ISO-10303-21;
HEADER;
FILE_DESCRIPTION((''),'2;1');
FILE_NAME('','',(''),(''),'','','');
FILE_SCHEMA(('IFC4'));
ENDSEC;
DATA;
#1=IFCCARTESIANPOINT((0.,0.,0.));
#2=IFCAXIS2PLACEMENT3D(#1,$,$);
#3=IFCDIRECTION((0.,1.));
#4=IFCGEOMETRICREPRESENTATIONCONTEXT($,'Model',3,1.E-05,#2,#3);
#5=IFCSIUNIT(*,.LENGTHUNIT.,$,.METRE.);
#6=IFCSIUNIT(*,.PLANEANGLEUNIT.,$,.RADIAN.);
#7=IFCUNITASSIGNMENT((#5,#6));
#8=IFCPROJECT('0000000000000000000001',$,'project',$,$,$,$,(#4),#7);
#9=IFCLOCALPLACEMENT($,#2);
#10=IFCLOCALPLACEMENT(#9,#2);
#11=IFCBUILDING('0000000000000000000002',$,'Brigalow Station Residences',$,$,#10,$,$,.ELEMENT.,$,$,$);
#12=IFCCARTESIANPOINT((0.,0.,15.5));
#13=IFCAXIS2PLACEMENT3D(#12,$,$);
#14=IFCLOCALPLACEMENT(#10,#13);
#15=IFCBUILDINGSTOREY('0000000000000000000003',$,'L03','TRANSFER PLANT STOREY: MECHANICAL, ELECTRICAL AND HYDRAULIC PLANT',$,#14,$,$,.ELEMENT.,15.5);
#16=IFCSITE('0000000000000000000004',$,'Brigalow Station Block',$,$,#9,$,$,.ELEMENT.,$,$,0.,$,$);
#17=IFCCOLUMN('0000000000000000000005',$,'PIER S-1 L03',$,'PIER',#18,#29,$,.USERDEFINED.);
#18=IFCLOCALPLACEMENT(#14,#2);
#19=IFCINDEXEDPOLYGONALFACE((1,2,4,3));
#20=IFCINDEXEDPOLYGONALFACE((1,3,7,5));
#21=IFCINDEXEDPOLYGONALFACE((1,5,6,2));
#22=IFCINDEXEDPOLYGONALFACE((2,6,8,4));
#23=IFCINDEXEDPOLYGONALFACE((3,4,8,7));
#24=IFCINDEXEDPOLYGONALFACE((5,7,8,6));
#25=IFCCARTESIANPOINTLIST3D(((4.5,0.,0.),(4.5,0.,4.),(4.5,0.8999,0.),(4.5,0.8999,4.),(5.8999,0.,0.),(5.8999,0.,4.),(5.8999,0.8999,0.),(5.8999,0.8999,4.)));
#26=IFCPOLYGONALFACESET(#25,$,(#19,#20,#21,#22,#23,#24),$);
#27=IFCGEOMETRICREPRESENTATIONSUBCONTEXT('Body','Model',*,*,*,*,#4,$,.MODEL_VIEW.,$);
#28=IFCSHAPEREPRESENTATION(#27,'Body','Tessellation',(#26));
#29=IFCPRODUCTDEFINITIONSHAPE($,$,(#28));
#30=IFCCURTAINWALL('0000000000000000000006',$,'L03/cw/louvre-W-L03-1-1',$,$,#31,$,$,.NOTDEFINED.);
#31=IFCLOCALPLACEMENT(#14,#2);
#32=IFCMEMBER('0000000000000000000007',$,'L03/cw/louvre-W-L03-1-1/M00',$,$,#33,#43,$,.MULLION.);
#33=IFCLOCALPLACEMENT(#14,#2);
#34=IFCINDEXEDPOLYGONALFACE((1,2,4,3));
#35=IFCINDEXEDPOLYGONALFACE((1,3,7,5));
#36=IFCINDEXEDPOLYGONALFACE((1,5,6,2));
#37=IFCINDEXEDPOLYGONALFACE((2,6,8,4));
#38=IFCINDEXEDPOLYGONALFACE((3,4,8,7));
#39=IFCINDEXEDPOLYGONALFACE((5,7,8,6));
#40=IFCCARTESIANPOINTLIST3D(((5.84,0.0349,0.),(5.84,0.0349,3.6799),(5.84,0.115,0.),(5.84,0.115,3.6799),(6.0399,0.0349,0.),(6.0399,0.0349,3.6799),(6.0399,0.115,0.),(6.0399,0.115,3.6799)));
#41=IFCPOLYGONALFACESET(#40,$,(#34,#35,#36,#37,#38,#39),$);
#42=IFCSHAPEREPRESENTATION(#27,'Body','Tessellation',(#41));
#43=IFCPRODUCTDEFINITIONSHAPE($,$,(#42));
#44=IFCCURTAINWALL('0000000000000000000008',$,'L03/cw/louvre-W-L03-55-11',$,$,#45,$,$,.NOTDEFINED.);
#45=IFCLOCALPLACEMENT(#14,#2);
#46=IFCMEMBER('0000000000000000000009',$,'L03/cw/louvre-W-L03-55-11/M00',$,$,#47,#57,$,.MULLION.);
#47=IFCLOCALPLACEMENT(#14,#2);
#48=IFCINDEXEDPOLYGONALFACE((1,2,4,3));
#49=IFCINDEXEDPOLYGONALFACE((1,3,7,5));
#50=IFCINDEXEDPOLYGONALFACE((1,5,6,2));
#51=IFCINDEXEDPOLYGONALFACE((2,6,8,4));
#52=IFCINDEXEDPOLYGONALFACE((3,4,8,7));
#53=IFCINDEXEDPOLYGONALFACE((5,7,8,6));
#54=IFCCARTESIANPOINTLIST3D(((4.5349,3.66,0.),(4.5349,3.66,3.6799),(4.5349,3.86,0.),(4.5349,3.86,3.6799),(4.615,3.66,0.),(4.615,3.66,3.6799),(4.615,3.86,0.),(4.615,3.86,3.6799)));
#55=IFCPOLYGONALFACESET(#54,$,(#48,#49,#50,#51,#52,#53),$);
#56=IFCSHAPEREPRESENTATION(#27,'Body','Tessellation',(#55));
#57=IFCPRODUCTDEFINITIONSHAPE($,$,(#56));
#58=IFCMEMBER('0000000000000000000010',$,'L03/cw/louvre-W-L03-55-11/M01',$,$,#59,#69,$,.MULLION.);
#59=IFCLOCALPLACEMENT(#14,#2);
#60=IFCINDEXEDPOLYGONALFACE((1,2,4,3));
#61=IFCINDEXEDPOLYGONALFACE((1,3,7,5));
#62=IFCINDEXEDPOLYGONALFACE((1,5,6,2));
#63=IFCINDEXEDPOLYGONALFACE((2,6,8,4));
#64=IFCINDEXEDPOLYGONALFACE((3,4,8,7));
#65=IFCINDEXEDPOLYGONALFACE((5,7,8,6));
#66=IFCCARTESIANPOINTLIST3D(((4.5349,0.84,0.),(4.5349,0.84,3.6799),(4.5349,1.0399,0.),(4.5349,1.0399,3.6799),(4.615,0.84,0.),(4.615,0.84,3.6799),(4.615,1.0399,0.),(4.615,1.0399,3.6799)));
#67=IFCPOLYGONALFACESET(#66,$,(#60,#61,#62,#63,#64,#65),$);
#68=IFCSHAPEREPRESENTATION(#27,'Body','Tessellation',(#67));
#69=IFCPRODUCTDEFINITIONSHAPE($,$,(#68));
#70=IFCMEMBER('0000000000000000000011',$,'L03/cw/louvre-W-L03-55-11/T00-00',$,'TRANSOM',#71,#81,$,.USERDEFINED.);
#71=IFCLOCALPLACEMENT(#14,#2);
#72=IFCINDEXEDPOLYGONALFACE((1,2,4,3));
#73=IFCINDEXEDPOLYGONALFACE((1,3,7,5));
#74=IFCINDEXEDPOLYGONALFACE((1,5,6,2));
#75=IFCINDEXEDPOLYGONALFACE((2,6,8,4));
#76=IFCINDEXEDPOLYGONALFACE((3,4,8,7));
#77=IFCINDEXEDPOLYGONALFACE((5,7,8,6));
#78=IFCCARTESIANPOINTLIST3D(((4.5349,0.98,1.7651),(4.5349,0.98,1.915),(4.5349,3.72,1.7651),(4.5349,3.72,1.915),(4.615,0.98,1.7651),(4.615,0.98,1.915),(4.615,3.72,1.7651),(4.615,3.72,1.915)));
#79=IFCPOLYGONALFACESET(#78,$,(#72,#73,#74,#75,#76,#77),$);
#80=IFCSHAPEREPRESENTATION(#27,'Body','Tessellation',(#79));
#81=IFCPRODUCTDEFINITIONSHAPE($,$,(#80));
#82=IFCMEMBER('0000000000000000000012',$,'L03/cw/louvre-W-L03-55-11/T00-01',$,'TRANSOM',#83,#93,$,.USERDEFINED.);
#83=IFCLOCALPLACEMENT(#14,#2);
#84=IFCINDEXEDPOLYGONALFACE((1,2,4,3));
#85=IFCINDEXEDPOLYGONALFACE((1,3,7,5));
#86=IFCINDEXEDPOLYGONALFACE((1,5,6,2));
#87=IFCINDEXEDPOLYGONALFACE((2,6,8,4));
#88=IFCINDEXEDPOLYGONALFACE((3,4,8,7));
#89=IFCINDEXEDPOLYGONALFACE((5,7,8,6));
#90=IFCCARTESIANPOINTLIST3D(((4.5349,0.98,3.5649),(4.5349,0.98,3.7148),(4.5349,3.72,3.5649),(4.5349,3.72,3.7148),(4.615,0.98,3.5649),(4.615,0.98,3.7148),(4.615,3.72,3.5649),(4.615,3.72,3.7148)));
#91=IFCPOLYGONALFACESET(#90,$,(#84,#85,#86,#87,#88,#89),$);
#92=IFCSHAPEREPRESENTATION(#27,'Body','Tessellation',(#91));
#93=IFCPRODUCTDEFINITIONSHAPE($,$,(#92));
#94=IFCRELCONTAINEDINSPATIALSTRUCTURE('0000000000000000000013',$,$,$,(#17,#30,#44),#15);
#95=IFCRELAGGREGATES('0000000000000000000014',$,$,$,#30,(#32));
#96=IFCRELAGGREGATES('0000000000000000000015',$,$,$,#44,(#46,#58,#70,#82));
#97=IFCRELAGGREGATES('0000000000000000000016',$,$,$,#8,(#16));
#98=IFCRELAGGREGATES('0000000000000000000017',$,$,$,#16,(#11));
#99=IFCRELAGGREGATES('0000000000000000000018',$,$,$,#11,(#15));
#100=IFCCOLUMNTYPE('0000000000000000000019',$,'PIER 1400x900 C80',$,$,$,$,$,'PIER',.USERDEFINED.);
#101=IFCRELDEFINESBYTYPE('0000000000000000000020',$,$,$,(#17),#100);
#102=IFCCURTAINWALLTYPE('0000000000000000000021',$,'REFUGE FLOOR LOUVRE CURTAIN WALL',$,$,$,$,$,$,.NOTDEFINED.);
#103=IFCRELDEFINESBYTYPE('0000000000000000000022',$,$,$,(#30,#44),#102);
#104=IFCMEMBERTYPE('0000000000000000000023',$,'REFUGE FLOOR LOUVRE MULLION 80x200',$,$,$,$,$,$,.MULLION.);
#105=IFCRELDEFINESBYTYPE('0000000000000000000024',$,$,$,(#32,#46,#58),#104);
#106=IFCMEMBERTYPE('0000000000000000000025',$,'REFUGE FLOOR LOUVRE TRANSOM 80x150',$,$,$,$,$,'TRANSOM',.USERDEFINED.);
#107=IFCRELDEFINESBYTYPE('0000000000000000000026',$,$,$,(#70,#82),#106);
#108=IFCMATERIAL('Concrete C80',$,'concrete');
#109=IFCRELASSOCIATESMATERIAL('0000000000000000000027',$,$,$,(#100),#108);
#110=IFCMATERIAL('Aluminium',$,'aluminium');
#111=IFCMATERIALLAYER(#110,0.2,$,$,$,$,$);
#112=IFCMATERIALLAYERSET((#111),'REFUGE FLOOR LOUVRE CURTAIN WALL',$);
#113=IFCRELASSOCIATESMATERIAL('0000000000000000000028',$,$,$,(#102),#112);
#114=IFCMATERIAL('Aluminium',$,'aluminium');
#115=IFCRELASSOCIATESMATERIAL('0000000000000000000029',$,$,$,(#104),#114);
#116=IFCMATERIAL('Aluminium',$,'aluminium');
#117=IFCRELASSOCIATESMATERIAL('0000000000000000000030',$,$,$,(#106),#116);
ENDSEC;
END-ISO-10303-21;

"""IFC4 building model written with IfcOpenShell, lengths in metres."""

from ifc_helpers import new_model, si_unit, direction, frame, origin, origin_2d, place, context, subcontext, project, spatial, rectangle, extrude, material, layer, layer_set, material_profile, profile_set, type_object, element, aggregate, save


model = new_model("IFC4")

# Units and contexts
model_context = context("Model", 3, precision=1e-05, world=origin(), true_north=direction((0.0, 1.0)))
body_context = subcontext(model_context, "Body", "Model", "MODEL_VIEW")
ifc_project = project(units=[si_unit("LENGTHUNIT", "METRE"), si_unit("PLANEANGLEUNIT", "RADIAN")], contexts=[model_context])

# Site, building, storey
site_placement = place(None, origin())
site = spatial("IfcSite", under=ifc_project, at=site_placement, Name="Brigalow Station Block", CompositionType="ELEMENT", RefElevation=0.0)
building_placement = place(site_placement, origin())
building = spatial("IfcBuilding", under=site, at=building_placement, Name="Brigalow Station Residences", CompositionType="ELEMENT")
storey_placement = place(building_placement, frame((0.0, 0.0, 15.5)))
storey = spatial("IfcBuildingStorey", under=building, at=storey_placement, Name="L03", Description="TRANSFER PLANT STOREY: MECHANICAL, ELECTRICAL AND HYDRAULIC PLANT", CompositionType="ELEMENT", Elevation=15.5)

# Column
ifc_material_1 = material(Name="Concrete C80", Category="concrete")
ifc_material_profile_1 = material_profile(ifc_material_1, rectangle(XDim=1.3999, YDim=0.8999, at=origin_2d()), Name="RC1400x900")
ifc_profile_set_1 = profile_set([ifc_material_profile_1], Name="Concrete C80")
column_type = type_object("IfcColumnType", Name="PIER 1400x900 C80", ElementType="PIER", PredefinedType="USERDEFINED", material=ifc_profile_set_1)
column_placement = place(storey_placement, frame((5.2, 0.45, 0.0), z_axis=(0.0, 0.0, 1.0), x_axis=(1.0, 0.0, 0.0)))
element("IfcColumn", 1, at=column_placement, inside=storey, type_object=column_type, Name="PIER S-1 L03", ObjectType="PIER", PredefinedType="USERDEFINED", context=body_context, shape_type="SweptSolid", body=[
    extrude(rectangle(XDim=1.3999, YDim=0.8999, at=origin_2d()), origin(), (0.0, 0.0, 1.0), 4.0),
])

# Curtain wall, member
ifc_material_2 = material(Name="Aluminium", Category="aluminium")
ifc_layer_1 = layer(ifc_material_2, 0.2)
ifc_layer_set_1 = layer_set([ifc_layer_1], Name="REFUGE FLOOR LOUVRE CURTAIN WALL")
curtain_wall_type = type_object("IfcCurtainWallType", Name="REFUGE FLOOR LOUVRE CURTAIN WALL", PredefinedType="NOTDEFINED", material=ifc_layer_set_1)
curtain_wall_1_placement = place(storey_placement, origin())
curtain_wall_1 = element("IfcCurtainWall", 2, at=curtain_wall_1_placement, inside=storey, type_object=curtain_wall_type, Name="L03/cw/louvre-W-L03-1-1", PredefinedType="NOTDEFINED")
ifc_material_3 = material(Name="Aluminium", Category="aluminium")
ifc_material_profile_2 = material_profile(ifc_material_3, rectangle(XDim=0.0801, YDim=0.2, at=origin_2d()), Name="REFUGE FLOOR LOUVRE MULLION 80x200")
ifc_profile_set_2 = profile_set([ifc_material_profile_2], Name="Aluminium")
member_type_1 = type_object("IfcMemberType", Name="REFUGE FLOOR LOUVRE MULLION 80x200", PredefinedType="MULLION", material=ifc_profile_set_2)
member_1_placement = place(storey_placement, frame((5.9399, 0.075, 0.0), z_axis=(0.0, 0.0, 1.0), x_axis=(0.0, 1.0, 0.0)))
member_1 = element("IfcMember", 3, at=member_1_placement, type_object=member_type_1, Name="L03/cw/louvre-W-L03-1-1/M00", PredefinedType="MULLION", context=body_context, shape_type="SweptSolid", body=[
    extrude(rectangle(XDim=0.0801, YDim=0.2, at=origin_2d()), origin(), (0.0, 0.0, 1.0), 3.6799),
])
aggregate(curtain_wall_1, [member_1])

# Curtain wall, members
curtain_wall_2_placement = place(storey_placement, origin())
curtain_wall_2 = element("IfcCurtainWall", 4, at=curtain_wall_2_placement, inside=storey, type_object=curtain_wall_type, Name="L03/cw/louvre-W-L03-55-11", PredefinedType="NOTDEFINED")
member_2_placement = place(storey_placement, frame((4.575, 3.76, 0.0), z_axis=(0.0, 0.0, 1.0), x_axis=(1.0, 0.0, 0.0)))
member_2 = element("IfcMember", 5, at=member_2_placement, type_object=member_type_1, Name="L03/cw/louvre-W-L03-55-11/M00", PredefinedType="MULLION", context=body_context, shape_type="SweptSolid", body=[
    extrude(rectangle(XDim=0.0801, YDim=0.2, at=origin_2d()), origin(), (0.0, 0.0, 1.0), 3.6799),
])
member_3_placement = place(storey_placement, frame((4.575, 0.9399, 0.0), z_axis=(0.0, 0.0, 1.0), x_axis=(1.0, 0.0, 0.0)))
member_3 = element("IfcMember", 6, at=member_3_placement, type_object=member_type_1, Name="L03/cw/louvre-W-L03-55-11/M01", PredefinedType="MULLION", context=body_context, shape_type="SweptSolid", body=[
    extrude(rectangle(XDim=0.0801, YDim=0.2, at=origin_2d()), origin(), (0.0, 0.0, 1.0), 3.6799),
])
ifc_material_4 = material(Name="Aluminium", Category="aluminium")
ifc_material_profile_3 = material_profile(ifc_material_4, rectangle(XDim=0.0801, YDim=0.1499, at=origin_2d()), Name="REFUGE FLOOR LOUVRE TRANSOM 80x150")
ifc_profile_set_3 = profile_set([ifc_material_profile_3], Name="Aluminium")
member_type_2 = type_object("IfcMemberType", Name="REFUGE FLOOR LOUVRE TRANSOM 80x150", ElementType="TRANSOM", PredefinedType="USERDEFINED", material=ifc_profile_set_3)
member_4_placement = place(storey_placement, frame((4.575, 3.72, 1.8401), z_axis=(0.0, -1.0, 0.0), x_axis=(1.0, 0.0, 0.0)))
member_4 = element("IfcMember", 7, at=member_4_placement, type_object=member_type_2, Name="L03/cw/louvre-W-L03-55-11/T00-00", ObjectType="TRANSOM", PredefinedType="USERDEFINED", context=body_context, shape_type="SweptSolid", body=[
    extrude(rectangle(XDim=0.0801, YDim=0.1499, at=origin_2d()), origin(), (0.0, 0.0, 1.0), 2.74),
])
member_5_placement = place(storey_placement, frame((4.575, 3.72, 3.6399), z_axis=(0.0, -1.0, 0.0), x_axis=(1.0, 0.0, 0.0)))
member_5 = element("IfcMember", 8, at=member_5_placement, type_object=member_type_2, Name="L03/cw/louvre-W-L03-55-11/T00-01", ObjectType="TRANSOM", PredefinedType="USERDEFINED", context=body_context, shape_type="SweptSolid", body=[
    extrude(rectangle(XDim=0.0801, YDim=0.1499, at=origin_2d()), origin(), (0.0, 0.0, 1.0), 2.74),
])

aggregate(curtain_wall_2, [member_2, member_3, member_4, member_5])

save(model, "model.ifc")
